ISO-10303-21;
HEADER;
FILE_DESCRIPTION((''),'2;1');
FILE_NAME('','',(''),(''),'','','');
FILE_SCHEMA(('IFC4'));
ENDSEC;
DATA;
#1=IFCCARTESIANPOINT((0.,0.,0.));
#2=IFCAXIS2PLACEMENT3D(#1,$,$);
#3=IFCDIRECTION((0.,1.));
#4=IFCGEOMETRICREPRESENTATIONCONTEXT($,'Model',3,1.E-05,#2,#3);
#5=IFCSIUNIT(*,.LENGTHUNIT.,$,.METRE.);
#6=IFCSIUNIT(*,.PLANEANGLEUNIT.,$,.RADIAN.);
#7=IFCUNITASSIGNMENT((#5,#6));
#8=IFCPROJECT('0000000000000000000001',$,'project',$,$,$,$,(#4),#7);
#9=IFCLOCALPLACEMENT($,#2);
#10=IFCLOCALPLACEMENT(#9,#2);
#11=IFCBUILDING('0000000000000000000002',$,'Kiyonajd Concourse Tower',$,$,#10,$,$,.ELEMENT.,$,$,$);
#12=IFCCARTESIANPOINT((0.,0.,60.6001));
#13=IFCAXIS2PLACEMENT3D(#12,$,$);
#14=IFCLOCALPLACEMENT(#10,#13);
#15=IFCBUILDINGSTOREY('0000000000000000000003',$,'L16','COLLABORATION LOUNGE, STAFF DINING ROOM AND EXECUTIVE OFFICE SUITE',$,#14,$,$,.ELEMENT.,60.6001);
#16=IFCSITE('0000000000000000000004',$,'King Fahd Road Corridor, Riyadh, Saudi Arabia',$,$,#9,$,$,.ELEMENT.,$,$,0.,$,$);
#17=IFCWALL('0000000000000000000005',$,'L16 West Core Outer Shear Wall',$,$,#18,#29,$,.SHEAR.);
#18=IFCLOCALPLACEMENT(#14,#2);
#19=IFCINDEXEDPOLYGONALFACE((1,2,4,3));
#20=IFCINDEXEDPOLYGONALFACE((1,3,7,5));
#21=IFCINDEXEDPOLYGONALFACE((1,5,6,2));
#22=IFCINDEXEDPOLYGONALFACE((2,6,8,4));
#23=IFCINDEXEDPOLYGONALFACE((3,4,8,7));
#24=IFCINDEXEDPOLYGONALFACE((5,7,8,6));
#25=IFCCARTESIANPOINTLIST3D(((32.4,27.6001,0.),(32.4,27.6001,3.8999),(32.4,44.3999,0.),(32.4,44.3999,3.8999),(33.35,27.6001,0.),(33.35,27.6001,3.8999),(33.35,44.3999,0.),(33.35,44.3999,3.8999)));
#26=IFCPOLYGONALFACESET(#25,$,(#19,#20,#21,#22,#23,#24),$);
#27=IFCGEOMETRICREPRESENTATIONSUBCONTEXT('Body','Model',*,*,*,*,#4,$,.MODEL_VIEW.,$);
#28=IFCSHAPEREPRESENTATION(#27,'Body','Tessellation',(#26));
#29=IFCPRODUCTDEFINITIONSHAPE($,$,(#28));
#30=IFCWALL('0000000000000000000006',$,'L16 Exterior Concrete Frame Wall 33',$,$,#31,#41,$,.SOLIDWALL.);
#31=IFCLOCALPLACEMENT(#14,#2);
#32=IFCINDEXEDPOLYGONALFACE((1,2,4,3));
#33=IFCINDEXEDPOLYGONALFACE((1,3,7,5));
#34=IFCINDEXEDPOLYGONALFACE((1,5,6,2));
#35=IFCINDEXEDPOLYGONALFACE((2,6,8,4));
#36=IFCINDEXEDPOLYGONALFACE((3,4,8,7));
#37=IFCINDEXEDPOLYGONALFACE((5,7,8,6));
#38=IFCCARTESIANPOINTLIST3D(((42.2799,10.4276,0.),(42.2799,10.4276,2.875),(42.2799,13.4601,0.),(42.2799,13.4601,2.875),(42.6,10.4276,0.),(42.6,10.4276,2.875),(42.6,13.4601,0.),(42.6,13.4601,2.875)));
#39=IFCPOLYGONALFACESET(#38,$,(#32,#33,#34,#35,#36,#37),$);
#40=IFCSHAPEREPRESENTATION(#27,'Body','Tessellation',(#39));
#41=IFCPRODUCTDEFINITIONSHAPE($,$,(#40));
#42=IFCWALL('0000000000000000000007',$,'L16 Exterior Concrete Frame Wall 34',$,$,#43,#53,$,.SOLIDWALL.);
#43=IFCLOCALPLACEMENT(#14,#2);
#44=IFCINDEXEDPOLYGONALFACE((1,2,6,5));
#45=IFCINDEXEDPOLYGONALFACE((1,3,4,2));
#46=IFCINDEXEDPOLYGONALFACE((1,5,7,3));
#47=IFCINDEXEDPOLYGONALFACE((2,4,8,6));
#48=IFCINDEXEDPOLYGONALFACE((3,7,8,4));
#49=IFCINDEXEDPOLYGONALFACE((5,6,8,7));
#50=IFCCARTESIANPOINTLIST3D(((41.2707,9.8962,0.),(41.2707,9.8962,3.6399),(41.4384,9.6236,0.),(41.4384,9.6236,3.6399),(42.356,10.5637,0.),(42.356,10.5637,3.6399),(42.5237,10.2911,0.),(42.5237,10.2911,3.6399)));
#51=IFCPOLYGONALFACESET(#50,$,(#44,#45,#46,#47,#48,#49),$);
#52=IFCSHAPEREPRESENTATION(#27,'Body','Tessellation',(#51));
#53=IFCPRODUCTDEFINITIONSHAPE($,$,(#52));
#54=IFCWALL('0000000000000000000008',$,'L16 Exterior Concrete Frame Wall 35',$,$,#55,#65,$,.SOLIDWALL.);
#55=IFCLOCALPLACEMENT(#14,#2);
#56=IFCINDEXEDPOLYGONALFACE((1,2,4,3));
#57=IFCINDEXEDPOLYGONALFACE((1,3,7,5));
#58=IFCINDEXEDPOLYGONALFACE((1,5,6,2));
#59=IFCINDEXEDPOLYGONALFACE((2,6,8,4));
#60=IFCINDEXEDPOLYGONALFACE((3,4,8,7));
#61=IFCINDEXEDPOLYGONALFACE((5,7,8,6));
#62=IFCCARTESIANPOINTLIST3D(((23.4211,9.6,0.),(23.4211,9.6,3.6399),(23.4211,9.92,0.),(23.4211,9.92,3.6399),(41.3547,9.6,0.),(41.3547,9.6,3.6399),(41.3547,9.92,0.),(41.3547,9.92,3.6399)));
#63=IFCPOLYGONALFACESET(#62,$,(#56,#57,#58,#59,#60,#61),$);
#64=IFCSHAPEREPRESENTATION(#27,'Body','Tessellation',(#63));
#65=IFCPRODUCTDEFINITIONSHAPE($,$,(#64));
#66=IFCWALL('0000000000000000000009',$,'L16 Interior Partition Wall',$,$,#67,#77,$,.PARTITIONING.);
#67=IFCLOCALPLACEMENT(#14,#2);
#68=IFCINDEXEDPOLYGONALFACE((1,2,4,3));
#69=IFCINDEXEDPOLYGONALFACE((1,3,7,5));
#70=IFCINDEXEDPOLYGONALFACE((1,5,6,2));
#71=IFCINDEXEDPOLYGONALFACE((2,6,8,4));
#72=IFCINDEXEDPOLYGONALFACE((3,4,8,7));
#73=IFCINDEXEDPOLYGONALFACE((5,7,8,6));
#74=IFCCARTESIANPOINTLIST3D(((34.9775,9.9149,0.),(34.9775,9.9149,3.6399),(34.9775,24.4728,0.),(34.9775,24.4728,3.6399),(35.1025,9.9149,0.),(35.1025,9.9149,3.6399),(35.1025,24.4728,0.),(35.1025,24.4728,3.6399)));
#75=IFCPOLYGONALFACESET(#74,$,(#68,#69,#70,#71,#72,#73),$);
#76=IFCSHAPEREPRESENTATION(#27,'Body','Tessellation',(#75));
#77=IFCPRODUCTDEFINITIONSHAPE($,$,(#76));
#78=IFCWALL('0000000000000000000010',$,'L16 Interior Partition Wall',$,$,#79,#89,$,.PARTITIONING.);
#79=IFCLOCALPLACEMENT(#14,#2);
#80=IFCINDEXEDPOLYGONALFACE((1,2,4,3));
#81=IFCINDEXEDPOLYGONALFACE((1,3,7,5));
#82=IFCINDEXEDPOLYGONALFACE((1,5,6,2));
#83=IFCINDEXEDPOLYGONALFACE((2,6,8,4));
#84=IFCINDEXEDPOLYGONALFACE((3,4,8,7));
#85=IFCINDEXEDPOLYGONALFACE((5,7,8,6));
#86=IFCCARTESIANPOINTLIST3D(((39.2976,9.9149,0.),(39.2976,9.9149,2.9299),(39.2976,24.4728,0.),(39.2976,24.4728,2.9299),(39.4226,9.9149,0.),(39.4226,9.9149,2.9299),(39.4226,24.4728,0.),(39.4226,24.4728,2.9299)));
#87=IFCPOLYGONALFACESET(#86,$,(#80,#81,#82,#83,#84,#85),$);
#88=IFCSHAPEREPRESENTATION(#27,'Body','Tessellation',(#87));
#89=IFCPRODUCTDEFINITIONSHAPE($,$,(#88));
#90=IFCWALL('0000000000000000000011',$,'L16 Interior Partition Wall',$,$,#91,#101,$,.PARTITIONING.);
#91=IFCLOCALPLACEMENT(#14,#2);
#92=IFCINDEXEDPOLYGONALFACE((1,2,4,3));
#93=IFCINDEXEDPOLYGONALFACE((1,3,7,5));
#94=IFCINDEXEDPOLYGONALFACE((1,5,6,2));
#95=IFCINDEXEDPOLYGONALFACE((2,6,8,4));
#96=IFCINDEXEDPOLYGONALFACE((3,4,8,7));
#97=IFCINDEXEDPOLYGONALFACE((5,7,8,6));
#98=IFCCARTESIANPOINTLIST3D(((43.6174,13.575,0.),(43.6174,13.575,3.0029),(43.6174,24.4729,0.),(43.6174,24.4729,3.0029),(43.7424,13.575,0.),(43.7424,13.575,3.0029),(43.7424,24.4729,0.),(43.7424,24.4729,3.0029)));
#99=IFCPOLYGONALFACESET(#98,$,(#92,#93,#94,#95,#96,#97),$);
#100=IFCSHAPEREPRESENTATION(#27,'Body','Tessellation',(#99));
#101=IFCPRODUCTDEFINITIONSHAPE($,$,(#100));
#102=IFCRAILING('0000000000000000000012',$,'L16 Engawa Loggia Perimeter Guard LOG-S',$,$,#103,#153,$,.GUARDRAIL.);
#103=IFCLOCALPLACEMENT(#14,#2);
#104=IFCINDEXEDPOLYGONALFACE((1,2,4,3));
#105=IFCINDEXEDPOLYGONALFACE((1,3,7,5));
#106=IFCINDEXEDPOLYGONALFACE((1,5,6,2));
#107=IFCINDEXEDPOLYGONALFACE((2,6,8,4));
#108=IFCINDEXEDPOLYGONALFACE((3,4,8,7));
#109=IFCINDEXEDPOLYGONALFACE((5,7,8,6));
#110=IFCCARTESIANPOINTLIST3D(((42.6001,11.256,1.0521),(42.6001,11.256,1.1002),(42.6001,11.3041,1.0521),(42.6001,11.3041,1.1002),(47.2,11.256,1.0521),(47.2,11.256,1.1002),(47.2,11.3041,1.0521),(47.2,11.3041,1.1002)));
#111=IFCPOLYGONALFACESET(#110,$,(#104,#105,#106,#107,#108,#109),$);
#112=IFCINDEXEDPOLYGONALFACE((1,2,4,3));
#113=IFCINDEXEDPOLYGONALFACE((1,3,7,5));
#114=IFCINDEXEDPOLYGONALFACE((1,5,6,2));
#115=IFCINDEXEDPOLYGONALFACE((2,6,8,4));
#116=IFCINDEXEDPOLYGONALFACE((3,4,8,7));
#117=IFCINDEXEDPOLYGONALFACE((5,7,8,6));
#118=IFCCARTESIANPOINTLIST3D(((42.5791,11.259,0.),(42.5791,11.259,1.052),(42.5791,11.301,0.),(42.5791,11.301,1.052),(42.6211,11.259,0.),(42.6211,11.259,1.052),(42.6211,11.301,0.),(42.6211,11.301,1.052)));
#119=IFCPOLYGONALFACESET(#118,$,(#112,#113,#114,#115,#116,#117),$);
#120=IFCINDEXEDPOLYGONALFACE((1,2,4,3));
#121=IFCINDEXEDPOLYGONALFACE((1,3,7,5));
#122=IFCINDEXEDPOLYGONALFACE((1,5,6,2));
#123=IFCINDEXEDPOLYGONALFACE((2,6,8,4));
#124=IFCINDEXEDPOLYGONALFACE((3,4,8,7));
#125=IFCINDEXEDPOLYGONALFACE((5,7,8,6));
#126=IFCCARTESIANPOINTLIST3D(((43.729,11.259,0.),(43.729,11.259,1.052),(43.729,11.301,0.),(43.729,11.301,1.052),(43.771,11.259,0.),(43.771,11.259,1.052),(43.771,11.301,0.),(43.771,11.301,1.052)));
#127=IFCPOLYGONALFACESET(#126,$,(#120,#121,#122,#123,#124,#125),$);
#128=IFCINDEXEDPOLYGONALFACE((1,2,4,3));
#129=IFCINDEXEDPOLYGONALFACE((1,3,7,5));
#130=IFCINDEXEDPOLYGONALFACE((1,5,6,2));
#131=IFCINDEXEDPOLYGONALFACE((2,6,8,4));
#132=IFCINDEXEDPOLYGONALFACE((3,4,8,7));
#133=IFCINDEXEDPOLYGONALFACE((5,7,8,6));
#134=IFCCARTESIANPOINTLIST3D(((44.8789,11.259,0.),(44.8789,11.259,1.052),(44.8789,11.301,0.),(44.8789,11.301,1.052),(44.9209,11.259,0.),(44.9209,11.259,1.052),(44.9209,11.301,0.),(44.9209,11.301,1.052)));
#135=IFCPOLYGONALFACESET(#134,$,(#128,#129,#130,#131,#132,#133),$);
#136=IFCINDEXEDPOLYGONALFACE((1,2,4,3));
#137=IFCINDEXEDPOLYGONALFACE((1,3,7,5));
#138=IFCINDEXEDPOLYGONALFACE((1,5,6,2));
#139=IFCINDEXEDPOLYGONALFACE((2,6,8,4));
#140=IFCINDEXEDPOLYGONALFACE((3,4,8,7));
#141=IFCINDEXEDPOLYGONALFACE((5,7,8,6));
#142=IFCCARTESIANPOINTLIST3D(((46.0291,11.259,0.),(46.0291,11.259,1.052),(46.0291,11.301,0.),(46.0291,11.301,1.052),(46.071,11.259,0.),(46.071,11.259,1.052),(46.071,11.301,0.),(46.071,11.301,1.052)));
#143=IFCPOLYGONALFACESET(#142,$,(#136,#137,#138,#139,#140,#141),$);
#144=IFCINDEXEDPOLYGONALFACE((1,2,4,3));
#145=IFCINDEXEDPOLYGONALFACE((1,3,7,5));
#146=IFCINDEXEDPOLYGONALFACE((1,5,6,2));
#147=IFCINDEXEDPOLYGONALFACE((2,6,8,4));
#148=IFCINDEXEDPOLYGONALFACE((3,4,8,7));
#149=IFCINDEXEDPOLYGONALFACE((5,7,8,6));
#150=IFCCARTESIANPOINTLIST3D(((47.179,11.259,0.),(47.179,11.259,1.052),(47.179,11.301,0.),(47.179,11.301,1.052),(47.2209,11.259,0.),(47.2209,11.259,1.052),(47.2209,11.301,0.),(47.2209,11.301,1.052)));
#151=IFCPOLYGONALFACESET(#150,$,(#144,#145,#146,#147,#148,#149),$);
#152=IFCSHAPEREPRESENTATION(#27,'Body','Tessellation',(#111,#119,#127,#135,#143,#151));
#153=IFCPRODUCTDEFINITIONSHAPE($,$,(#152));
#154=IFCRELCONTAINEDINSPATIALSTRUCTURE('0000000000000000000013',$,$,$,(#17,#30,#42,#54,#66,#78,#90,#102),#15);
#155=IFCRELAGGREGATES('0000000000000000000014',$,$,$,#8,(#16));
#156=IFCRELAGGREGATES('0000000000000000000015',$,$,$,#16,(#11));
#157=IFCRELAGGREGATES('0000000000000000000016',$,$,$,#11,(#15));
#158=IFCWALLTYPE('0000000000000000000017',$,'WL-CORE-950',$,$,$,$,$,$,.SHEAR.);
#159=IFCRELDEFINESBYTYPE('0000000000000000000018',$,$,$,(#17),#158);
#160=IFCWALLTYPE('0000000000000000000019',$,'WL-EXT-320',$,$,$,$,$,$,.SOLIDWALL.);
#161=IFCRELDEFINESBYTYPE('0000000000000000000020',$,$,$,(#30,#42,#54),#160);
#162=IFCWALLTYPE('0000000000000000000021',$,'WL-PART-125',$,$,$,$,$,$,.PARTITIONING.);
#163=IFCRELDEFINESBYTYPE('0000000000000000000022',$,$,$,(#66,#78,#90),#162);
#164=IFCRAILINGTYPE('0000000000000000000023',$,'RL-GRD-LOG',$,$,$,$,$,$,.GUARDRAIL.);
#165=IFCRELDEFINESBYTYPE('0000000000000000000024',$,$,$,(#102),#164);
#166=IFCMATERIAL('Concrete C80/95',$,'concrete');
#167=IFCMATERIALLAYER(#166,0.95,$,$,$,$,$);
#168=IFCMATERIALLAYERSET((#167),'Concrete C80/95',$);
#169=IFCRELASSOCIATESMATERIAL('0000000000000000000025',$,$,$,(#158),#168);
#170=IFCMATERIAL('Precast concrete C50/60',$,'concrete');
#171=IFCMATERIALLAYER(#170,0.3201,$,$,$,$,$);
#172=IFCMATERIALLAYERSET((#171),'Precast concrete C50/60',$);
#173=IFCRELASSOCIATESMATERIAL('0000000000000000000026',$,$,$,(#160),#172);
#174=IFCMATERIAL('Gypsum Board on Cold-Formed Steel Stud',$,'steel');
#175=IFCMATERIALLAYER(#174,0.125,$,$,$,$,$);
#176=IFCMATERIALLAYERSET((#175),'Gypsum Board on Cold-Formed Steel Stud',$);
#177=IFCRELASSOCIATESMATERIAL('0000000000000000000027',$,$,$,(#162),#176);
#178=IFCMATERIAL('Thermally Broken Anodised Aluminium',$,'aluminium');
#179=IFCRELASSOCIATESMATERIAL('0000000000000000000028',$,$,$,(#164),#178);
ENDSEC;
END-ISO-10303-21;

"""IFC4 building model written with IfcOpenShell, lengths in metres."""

from ifc_helpers import new_model, si_unit, direction, frame, frame_2d, origin, origin_2d, place, context, subcontext, project, spatial, rectangle, extrude, material, layer, layer_set, type_object, element, save


model = new_model("IFC4")

# Units and contexts
model_context = context("Model", 3, precision=1e-05, world=origin(), true_north=direction((0.0, 1.0)))
body_context = subcontext(model_context, "Body", "Model", "MODEL_VIEW")
ifc_project = project(units=[si_unit("LENGTHUNIT", "METRE"), si_unit("PLANEANGLEUNIT", "RADIAN")], contexts=[model_context])

# Site, building, storey
site_placement = place(None, origin())
site = spatial("IfcSite", under=ifc_project, at=site_placement, Name="King Fahd Road Corridor, Riyadh, Saudi Arabia", CompositionType="ELEMENT", RefElevation=0.0)
building_placement = place(site_placement, origin())
building = spatial("IfcBuilding", under=site, at=building_placement, Name="Kiyonajd Concourse Tower", CompositionType="ELEMENT")
storey_placement = place(building_placement, frame((0.0, 0.0, 60.6001)))
storey = spatial("IfcBuildingStorey", under=building, at=storey_placement, Name="L16", Description="COLLABORATION LOUNGE, STAFF DINING ROOM AND EXECUTIVE OFFICE SUITE", CompositionType="ELEMENT", Elevation=60.6001)

# Shared definitions
ifc_material_1 = material(Name="Concrete C80/95", Category="concrete")

# Shared definitions
ifc_material_2 = material(Name="Precast concrete C50/60", Category="concrete")

# Shared definitions
ifc_material_3 = material(Name="Thermally Broken Anodised Aluminium", Category="aluminium")

# Walls
ifc_layer_1 = layer(ifc_material_1, 0.95)
ifc_layer_set_1 = layer_set([ifc_layer_1], Name="Concrete C80/95")
wall_type_1 = type_object("IfcWallType", Name="WL-CORE-950", PredefinedType="SHEAR", material=ifc_layer_set_1)
wall_1_placement = place(storey_placement, frame((32.875, 27.6001, 0.0), z_axis=(0.0, 0.0, 1.0), x_axis=(0.0, 1.0, 0.0)))
element("IfcWall", 1, at=wall_1_placement, inside=storey, type_object=wall_type_1, Name="L16 West Core Outer Shear Wall", PredefinedType="SHEAR", context=body_context, shape_type="SweptSolid", body=[
    extrude(rectangle(XDim=16.7998, YDim=0.95, at=frame_2d((8.3999, 0.0))), origin(), (0.0, 0.0, 1.0), 3.8999),
])
ifc_layer_2 = layer(ifc_material_2, 0.3201)
ifc_layer_set_2 = layer_set([ifc_layer_2], Name="Precast concrete C50/60")
wall_type_2 = type_object("IfcWallType", Name="WL-EXT-320", PredefinedType="SOLIDWALL", material=ifc_layer_set_2)
wall_2_placement = place(storey_placement, frame((42.4399, 13.46, 0.0), z_axis=(0.0, 0.0, 1.0), x_axis=(0.0, -1.0, 0.0)))
element("IfcWall", 2, at=wall_2_placement, inside=storey, type_object=wall_type_2, Name="L16 Exterior Concrete Frame Wall 33", PredefinedType="SOLIDWALL", context=body_context, shape_type="SweptSolid", body=[
    extrude(rectangle(XDim=3.0325, YDim=0.3201, at=frame_2d((1.5161, 0.0))), origin(), (0.0, 0.0, 1.0), 2.875),
])
wall_3_placement = place(storey_placement, frame((42.4399, 10.4275, 0.0), z_axis=(0.0, 0.0, 1.0), x_axis=(-0.851777, -0.523905, 0.0)))
element("IfcWall", 3, at=wall_3_placement, inside=storey, type_object=wall_type_2, Name="L16 Exterior Concrete Frame Wall 34", PredefinedType="SOLIDWALL", context=body_context, shape_type="SweptSolid", body=[
    extrude(rectangle(XDim=1.2742, YDim=0.3201, at=frame_2d((0.6372, 0.0))), origin(), (0.0, 0.0, 1.0), 3.6399),
])
wall_4_placement = place(storey_placement, frame((41.3547, 9.76, 0.0), z_axis=(0.0, 0.0, 1.0), x_axis=(-1.0, 0.0, 0.0)))
element("IfcWall", 4, at=wall_4_placement, inside=storey, type_object=wall_type_2, Name="L16 Exterior Concrete Frame Wall 35", PredefinedType="SOLIDWALL", context=body_context, shape_type="SweptSolid", body=[
    extrude(rectangle(XDim=17.9336, YDim=0.3201, at=frame_2d((8.9668, 0.0))), origin(), (0.0, 0.0, 1.0), 3.6399),
])
ifc_material_4 = material(Name="Gypsum Board on Cold-Formed Steel Stud", Category="steel")
ifc_layer_3 = layer(ifc_material_4, 0.125)
ifc_layer_set_3 = layer_set([ifc_layer_3], Name="Gypsum Board on Cold-Formed Steel Stud")
wall_type_3 = type_object("IfcWallType", Name="WL-PART-125", PredefinedType="PARTITIONING", material=ifc_layer_set_3)
wall_5_placement = place(storey_placement, frame((35.04, 9.915, 0.0), z_axis=(0.0, 0.0, 1.0), x_axis=(0.0, 1.0, 0.0)))
element("IfcWall", 5, at=wall_5_placement, inside=storey, type_object=wall_type_3, Name="L16 Interior Partition Wall", PredefinedType="PARTITIONING", context=body_context, shape_type="SweptSolid", body=[
    extrude(rectangle(XDim=14.5579, YDim=0.125, at=frame_2d((7.2788, 0.0))), origin(), (0.0, 0.0, 1.0), 3.6399),
])
wall_6_placement = place(storey_placement, frame((39.3601, 9.915, 0.0), z_axis=(0.0, 0.0, 1.0), x_axis=(0.0, 1.0, 0.0)))
element("IfcWall", 6, at=wall_6_placement, inside=storey, type_object=wall_type_3, Name="L16 Interior Partition Wall", PredefinedType="PARTITIONING", context=body_context, shape_type="SweptSolid", body=[
    extrude(rectangle(XDim=14.5579, YDim=0.125, at=frame_2d((7.2788, 0.0))), origin(), (0.0, 0.0, 1.0), 2.9299),
])
wall_7_placement = place(storey_placement, frame((43.6799, 13.575, 0.0), z_axis=(0.0, 0.0, 1.0), x_axis=(0.0, 1.0, 0.0)))
element("IfcWall", 7, at=wall_7_placement, inside=storey, type_object=wall_type_3, Name="L16 Interior Partition Wall", PredefinedType="PARTITIONING", context=body_context, shape_type="SweptSolid", body=[
    extrude(rectangle(XDim=10.8979, YDim=0.125, at=frame_2d((5.449, 0.0))), origin(), (0.0, 0.0, 1.0), 3.0029),
])

# Railing
railing_type = type_object("IfcRailingType", Name="RL-GRD-LOG", PredefinedType="GUARDRAIL", material=ifc_material_3)
railing_placement = place(storey_placement, frame((42.6001, 11.28, 0.0)))
element("IfcRailing", 8, at=railing_placement, inside=storey, type_object=railing_type, Name="L16 Engawa Loggia Perimeter Guard LOG-S", PredefinedType="GUARDRAIL", context=body_context, shape_type="SweptSolid", body=[
    extrude(rectangle(XDim=0.0481, YDim=0.0481, at=origin_2d()), frame((0.0, 0.0, 1.0762), z_axis=(1.0, 0.0, 0.0), x_axis=(0.0, 1.0, 0.0)), (0.0, 0.0, 1.0), 4.5999),
    extrude(rectangle(XDim=0.042, YDim=0.042, at=origin_2d()), origin(), (0.0, 0.0, 1.0), 1.052),
    extrude(rectangle(XDim=0.042, YDim=0.042, at=origin_2d()), frame((1.1499, 0.0, 0.0)), (0.0, 0.0, 1.0), 1.052),
    extrude(rectangle(XDim=0.042, YDim=0.042, at=origin_2d()), frame((2.2998, 0.0, 0.0)), (0.0, 0.0, 1.0), 1.052),
    extrude(rectangle(XDim=0.042, YDim=0.042, at=origin_2d()), frame((3.45, 0.0, 0.0)), (0.0, 0.0, 1.0), 1.052),
    extrude(rectangle(XDim=0.042, YDim=0.042, at=origin_2d()), frame((4.5999, 0.0, 0.0)), (0.0, 0.0, 1.0), 1.052),
])

save(model, "model.ifc")
